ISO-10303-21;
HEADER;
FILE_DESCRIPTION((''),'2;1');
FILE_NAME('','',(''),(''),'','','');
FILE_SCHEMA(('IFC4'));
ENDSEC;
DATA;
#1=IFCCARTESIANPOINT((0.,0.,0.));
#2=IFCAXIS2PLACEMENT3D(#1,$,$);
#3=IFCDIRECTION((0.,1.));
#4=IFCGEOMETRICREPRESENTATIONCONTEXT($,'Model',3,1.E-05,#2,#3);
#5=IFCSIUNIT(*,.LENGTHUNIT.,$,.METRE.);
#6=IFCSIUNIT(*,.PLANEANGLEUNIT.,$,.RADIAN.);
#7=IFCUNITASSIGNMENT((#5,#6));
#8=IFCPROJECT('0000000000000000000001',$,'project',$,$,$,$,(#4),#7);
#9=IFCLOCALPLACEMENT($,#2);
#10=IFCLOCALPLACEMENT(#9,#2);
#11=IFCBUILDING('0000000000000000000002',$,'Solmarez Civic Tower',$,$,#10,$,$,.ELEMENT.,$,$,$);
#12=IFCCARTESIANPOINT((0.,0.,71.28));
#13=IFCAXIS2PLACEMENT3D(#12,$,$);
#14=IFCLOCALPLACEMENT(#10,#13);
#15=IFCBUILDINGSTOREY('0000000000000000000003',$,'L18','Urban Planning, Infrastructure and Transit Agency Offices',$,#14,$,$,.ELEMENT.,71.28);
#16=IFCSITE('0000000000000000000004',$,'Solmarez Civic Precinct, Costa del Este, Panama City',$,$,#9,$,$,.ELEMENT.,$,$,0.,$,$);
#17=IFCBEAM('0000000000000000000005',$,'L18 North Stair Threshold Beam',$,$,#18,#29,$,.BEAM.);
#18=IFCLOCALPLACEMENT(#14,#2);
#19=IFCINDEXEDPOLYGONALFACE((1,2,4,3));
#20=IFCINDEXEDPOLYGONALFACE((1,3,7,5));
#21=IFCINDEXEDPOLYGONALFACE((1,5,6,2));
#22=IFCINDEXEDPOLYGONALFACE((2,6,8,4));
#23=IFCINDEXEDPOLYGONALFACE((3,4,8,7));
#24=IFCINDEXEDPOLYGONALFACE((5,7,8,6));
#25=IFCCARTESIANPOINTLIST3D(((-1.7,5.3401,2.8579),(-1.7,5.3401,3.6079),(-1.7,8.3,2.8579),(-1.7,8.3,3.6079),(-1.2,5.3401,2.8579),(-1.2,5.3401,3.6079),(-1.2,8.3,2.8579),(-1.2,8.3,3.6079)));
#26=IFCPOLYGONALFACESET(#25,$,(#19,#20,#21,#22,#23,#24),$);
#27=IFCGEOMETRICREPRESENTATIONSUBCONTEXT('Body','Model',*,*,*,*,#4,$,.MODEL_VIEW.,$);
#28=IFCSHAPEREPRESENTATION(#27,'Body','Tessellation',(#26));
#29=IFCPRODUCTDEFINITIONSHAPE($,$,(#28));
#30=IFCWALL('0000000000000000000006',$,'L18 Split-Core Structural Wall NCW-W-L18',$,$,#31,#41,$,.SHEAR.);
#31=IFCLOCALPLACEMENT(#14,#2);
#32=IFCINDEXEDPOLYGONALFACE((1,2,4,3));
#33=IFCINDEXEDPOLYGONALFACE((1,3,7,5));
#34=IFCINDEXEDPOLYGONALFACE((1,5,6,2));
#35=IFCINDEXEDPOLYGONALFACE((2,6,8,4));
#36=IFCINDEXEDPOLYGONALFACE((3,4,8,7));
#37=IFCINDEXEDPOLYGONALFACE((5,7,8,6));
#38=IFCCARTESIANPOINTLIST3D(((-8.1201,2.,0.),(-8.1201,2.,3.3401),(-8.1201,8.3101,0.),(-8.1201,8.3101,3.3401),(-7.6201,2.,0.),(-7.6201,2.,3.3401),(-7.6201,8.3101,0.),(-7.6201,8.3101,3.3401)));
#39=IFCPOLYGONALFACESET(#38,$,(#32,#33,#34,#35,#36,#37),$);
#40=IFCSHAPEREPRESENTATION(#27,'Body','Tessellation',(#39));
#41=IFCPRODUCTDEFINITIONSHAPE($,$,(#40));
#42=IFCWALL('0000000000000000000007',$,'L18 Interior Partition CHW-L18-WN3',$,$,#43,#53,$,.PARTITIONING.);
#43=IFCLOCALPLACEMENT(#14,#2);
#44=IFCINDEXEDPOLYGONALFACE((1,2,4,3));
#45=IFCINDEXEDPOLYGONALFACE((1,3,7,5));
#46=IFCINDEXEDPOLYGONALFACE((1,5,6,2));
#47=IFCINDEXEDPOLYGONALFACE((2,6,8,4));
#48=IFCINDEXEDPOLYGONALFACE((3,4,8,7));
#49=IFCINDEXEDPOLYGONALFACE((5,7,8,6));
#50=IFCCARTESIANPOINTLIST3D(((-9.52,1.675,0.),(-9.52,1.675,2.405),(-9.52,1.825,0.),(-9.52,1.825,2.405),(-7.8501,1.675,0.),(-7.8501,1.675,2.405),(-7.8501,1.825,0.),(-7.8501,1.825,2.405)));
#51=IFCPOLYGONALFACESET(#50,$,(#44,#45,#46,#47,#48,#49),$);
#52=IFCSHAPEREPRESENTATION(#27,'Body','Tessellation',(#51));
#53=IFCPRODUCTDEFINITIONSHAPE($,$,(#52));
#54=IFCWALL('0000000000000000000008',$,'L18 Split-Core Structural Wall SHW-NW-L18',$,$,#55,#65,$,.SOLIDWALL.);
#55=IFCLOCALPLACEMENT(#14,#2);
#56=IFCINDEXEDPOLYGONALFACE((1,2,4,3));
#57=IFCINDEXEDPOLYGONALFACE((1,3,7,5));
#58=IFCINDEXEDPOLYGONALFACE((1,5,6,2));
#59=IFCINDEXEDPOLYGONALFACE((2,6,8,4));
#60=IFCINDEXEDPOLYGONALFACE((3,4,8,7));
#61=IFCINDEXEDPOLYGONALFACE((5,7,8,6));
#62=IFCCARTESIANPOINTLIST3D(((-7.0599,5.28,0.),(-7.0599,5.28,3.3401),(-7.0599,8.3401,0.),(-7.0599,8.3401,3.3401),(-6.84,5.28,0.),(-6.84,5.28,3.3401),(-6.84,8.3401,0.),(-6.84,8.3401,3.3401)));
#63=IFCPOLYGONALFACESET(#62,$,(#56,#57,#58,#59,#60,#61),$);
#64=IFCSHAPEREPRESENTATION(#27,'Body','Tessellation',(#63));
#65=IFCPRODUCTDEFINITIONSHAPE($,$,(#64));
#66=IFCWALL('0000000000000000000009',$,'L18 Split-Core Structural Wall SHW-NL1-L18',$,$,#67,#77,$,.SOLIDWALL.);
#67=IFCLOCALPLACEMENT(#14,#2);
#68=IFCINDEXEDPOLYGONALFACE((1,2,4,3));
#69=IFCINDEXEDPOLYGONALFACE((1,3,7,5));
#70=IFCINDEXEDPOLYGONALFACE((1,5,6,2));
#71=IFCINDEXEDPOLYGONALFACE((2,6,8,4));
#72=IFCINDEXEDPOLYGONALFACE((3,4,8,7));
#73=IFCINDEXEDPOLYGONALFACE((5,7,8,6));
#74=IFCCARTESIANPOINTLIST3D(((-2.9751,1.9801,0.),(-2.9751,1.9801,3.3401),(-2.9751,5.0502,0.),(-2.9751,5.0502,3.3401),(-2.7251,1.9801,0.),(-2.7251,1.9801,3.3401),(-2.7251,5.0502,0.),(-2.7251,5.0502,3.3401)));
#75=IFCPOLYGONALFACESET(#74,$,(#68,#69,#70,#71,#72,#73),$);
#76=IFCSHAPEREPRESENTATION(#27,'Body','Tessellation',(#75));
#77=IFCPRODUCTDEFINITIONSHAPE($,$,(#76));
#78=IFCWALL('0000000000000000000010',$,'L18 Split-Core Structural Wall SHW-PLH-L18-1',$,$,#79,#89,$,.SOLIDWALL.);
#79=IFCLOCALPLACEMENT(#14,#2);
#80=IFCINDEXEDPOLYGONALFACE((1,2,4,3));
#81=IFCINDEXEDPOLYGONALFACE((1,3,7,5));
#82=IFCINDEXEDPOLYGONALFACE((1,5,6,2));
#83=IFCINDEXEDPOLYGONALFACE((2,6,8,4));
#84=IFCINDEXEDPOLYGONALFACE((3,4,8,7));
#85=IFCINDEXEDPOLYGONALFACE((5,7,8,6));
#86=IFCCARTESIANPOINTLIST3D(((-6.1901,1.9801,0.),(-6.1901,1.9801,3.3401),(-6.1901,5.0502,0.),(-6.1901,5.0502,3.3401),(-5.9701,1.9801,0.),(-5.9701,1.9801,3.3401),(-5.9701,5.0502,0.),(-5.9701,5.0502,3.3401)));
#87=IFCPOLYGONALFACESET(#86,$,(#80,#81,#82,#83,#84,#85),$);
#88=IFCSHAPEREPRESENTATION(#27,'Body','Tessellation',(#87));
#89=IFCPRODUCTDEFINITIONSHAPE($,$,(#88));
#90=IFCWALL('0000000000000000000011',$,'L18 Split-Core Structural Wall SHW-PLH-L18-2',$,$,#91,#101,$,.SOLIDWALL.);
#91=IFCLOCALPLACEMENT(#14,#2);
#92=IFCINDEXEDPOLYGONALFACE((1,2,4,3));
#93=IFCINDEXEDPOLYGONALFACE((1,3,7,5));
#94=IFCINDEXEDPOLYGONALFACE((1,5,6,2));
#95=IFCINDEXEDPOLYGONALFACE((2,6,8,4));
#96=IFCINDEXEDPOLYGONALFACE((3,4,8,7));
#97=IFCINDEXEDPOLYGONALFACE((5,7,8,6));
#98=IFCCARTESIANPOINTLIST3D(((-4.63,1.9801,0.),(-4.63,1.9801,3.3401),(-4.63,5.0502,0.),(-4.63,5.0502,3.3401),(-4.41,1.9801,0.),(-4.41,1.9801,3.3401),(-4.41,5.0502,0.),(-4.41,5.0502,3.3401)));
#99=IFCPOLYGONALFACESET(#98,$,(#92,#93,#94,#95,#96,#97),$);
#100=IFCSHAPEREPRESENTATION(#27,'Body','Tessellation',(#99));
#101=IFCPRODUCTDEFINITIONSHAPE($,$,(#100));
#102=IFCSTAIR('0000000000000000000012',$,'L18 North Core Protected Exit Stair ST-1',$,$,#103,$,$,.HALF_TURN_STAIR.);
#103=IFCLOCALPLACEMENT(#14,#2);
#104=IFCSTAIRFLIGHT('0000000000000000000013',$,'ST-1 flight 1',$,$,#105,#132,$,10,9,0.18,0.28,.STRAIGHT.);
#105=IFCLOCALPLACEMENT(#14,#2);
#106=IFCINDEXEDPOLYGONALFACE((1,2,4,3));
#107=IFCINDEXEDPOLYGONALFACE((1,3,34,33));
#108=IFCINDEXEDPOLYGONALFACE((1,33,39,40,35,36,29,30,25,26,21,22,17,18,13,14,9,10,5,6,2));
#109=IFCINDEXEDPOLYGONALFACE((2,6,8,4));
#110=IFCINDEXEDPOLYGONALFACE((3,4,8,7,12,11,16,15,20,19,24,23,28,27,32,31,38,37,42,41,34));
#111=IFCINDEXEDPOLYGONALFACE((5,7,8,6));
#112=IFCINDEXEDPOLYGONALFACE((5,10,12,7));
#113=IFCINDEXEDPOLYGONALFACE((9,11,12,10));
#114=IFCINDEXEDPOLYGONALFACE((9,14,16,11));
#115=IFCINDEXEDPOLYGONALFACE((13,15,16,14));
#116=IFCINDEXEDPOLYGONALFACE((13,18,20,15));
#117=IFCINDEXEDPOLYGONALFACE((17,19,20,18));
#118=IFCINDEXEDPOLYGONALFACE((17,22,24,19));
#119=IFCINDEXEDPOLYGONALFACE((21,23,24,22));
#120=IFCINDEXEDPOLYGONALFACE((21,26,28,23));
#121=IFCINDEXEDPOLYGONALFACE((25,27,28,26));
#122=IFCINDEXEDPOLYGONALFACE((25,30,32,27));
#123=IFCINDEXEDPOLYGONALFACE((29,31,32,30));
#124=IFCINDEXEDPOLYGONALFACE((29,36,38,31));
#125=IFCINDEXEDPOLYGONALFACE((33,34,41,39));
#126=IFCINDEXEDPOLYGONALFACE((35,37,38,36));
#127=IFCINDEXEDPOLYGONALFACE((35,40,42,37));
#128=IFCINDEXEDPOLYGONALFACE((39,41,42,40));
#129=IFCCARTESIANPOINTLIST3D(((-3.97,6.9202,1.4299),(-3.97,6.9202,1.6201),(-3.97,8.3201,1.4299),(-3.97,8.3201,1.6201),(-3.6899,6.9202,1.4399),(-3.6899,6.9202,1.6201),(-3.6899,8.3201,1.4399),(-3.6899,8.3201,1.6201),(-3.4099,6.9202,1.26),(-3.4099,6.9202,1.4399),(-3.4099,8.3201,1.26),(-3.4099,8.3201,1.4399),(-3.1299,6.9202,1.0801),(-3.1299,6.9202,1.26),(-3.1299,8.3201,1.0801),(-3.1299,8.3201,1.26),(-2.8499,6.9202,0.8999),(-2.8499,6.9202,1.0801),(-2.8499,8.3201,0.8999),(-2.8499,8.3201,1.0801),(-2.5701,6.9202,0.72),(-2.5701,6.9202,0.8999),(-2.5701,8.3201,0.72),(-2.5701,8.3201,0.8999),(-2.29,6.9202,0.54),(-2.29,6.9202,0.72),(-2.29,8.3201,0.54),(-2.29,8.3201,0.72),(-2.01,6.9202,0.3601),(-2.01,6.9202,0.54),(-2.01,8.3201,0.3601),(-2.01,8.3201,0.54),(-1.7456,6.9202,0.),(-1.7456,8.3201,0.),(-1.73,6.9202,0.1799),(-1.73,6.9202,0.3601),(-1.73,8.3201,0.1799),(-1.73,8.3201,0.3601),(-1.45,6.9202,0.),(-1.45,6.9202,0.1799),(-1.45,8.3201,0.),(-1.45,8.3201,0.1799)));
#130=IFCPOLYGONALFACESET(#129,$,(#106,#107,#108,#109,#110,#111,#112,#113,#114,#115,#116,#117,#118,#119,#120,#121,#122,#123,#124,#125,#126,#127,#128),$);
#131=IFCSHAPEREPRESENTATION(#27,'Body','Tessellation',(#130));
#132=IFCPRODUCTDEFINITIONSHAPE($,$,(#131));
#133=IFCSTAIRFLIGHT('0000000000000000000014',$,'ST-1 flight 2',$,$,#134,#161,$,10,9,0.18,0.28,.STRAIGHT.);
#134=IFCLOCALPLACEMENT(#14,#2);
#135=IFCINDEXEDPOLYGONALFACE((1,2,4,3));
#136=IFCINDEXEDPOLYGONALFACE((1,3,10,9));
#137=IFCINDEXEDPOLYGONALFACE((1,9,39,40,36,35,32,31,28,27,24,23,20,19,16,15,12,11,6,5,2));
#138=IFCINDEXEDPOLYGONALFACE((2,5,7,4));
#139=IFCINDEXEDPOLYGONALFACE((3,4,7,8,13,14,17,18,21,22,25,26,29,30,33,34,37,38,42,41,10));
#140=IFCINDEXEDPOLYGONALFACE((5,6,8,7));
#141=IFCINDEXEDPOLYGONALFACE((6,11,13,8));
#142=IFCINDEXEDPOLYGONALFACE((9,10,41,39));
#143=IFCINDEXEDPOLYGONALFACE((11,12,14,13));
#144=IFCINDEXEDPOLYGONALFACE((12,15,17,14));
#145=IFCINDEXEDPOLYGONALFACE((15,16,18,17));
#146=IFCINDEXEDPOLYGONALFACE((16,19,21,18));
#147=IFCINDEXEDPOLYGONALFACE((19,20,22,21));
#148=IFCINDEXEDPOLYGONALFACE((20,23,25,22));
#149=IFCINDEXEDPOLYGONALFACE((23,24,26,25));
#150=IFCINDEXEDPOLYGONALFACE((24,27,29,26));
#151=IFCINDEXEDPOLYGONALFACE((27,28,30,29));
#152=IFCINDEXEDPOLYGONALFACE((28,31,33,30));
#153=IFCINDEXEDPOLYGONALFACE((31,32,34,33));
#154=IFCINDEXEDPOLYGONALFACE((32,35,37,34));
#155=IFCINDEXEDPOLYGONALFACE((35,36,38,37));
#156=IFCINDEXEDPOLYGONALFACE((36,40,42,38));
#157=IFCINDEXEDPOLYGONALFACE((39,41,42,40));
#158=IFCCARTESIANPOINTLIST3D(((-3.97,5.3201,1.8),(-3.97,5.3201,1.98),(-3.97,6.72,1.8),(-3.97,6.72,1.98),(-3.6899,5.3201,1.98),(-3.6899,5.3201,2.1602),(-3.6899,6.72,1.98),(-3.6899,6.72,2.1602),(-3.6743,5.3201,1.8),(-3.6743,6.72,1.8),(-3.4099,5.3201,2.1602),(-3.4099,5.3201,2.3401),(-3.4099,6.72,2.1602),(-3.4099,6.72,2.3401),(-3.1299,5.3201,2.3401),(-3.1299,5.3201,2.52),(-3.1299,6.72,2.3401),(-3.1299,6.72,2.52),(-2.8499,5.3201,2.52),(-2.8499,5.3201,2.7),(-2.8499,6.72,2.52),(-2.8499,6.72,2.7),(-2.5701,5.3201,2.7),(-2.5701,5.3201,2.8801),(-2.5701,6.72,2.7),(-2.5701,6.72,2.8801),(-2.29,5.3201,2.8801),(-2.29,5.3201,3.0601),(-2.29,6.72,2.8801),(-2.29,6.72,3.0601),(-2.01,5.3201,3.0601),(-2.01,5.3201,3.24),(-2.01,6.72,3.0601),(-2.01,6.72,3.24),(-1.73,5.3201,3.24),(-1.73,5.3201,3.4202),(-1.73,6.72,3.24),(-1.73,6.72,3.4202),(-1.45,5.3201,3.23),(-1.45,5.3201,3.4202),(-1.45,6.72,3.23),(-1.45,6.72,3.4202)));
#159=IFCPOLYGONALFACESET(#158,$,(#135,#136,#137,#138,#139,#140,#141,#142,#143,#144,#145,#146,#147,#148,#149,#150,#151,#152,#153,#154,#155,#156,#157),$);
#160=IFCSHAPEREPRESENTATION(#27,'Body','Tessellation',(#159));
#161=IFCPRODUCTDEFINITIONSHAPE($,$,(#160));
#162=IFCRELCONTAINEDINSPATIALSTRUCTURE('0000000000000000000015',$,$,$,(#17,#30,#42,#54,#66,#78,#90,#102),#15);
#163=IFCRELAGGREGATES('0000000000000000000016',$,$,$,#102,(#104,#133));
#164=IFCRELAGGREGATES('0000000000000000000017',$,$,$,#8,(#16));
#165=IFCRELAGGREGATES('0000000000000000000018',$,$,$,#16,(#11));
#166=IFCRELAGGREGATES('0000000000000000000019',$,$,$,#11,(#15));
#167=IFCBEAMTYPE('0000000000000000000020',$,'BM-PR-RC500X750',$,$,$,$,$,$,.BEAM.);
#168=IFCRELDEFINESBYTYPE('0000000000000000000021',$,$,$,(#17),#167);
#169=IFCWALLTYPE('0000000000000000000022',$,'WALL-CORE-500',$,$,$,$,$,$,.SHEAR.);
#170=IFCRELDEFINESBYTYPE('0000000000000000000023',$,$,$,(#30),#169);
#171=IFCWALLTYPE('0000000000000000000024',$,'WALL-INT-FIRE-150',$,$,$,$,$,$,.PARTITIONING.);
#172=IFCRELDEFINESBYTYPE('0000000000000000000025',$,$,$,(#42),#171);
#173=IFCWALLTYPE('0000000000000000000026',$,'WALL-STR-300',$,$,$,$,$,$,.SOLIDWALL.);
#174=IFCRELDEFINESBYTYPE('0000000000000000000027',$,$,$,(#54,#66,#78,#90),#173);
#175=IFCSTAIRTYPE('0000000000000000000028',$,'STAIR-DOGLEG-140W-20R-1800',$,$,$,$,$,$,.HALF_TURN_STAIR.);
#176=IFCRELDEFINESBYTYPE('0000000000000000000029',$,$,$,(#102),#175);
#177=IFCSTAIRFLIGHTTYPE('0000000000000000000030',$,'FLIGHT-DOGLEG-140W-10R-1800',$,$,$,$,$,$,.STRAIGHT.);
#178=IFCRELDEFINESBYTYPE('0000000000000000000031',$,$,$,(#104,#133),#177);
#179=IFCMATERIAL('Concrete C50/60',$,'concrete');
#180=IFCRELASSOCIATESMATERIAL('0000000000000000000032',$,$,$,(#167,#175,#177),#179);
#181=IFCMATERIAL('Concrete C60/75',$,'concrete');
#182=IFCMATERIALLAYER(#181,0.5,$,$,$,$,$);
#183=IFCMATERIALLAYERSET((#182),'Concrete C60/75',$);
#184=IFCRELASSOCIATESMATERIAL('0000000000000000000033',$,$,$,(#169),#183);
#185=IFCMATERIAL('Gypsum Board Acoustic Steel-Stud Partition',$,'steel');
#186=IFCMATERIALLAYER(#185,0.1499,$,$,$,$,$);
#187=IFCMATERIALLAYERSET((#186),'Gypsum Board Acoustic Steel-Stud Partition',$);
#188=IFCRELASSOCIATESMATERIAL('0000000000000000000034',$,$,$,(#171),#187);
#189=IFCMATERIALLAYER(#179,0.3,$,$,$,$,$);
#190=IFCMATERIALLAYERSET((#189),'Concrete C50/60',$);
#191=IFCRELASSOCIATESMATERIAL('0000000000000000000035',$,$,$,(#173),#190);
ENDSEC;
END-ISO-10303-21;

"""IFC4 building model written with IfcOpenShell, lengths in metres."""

from ifc_helpers import new_model, si_unit, direction, frame, frame_2d, origin, origin_2d, place, context, subcontext, project, spatial, polyline, rectangle, outline, extrude, material, layer, layer_set, material_profile, profile_set, type_object, element, aggregate, save


model = new_model("IFC4")

# Units and contexts
model_context = context("Model", 3, precision=1e-05, world=origin(), true_north=direction((0.0, 1.0)))
body_context = subcontext(model_context, "Body", "Model", "MODEL_VIEW")
ifc_project = project(units=[si_unit("LENGTHUNIT", "METRE"), si_unit("PLANEANGLEUNIT", "RADIAN")], contexts=[model_context])

# Site, building, storey
site_placement = place(None, origin())
site = spatial("IfcSite", under=ifc_project, at=site_placement, Name="Solmarez Civic Precinct, Costa del Este, Panama City", CompositionType="ELEMENT", RefElevation=0.0)
building_placement = place(site_placement, origin())
building = spatial("IfcBuilding", under=site, at=building_placement, Name="Solmarez Civic Tower", CompositionType="ELEMENT")
storey_placement = place(building_placement, frame((0.0, 0.0, 71.28)))
storey = spatial("IfcBuildingStorey", under=building, at=storey_placement, Name="L18", Description="Urban Planning, Infrastructure and Transit Agency Offices", CompositionType="ELEMENT", Elevation=71.28)

# Beam
ifc_material_1 = material(Name="Concrete C50/60", Category="concrete")
ifc_material_profile = material_profile(ifc_material_1, rectangle(XDim=0.5, YDim=0.75, at=origin_2d()), Name="RC500X750")
ifc_profile_set = profile_set([ifc_material_profile], Name="Concrete C50/60")
beam_type = type_object("IfcBeamType", Name="BM-PR-RC500X750", PredefinedType="BEAM", material=ifc_profile_set)
beam_placement = place(storey_placement, frame((-1.45, 5.3401, 3.2329), z_axis=(0.0, 1.0, 0.0), x_axis=(-1.0, 0.0, 0.0)))
element("IfcBeam", 1, at=beam_placement, inside=storey, type_object=beam_type, Name="L18 North Stair Threshold Beam", PredefinedType="BEAM", context=body_context, shape_type="SweptSolid", body=[
    extrude(rectangle(XDim=0.5, YDim=0.75, at=origin_2d()), origin(), (0.0, 0.0, 1.0), 2.96),
])

# Walls
ifc_material_2 = material(Name="Concrete C60/75", Category="concrete")
ifc_layer_1 = layer(ifc_material_2, 0.5)
ifc_layer_set_1 = layer_set([ifc_layer_1], Name="Concrete C60/75")
wall_type_1 = type_object("IfcWallType", Name="WALL-CORE-500", PredefinedType="SHEAR", material=ifc_layer_set_1)
wall_1_placement = place(storey_placement, frame((-7.8701, 2.0, 0.0), z_axis=(0.0, 0.0, 1.0), x_axis=(0.0, 1.0, 0.0)))
element("IfcWall", 2, at=wall_1_placement, inside=storey, type_object=wall_type_1, Name="L18 Split-Core Structural Wall NCW-W-L18", PredefinedType="SHEAR", context=body_context, shape_type="SweptSolid", body=[
    extrude(rectangle(XDim=6.3101, YDim=0.5, at=frame_2d((3.155, 0.0))), origin(), (0.0, 0.0, 1.0), 3.3401),
])
ifc_material_3 = material(Name="Gypsum Board Acoustic Steel-Stud Partition", Category="steel")
ifc_layer_2 = layer(ifc_material_3, 0.1499)
ifc_layer_set_2 = layer_set([ifc_layer_2], Name="Gypsum Board Acoustic Steel-Stud Partition")
wall_type_2 = type_object("IfcWallType", Name="WALL-INT-FIRE-150", PredefinedType="PARTITIONING", material=ifc_layer_set_2)
wall_2_placement = place(storey_placement, frame((-7.8501, 1.75, 0.0), z_axis=(0.0, 0.0, 1.0), x_axis=(-1.0, 0.0, 0.0)))
element("IfcWall", 3, at=wall_2_placement, inside=storey, type_object=wall_type_2, Name="L18 Interior Partition CHW-L18-WN3", PredefinedType="PARTITIONING", context=body_context, shape_type="SweptSolid", body=[
    extrude(rectangle(XDim=1.6699, YDim=0.1499, at=frame_2d((0.835, 0.0))), origin(), (0.0, 0.0, 1.0), 2.405),
])
ifc_layer_3 = layer(ifc_material_1, 0.3)
ifc_layer_set_3 = layer_set([ifc_layer_3], Name="Concrete C50/60")
wall_type_3 = type_object("IfcWallType", Name="WALL-STR-300", PredefinedType="SOLIDWALL", material=ifc_layer_set_3)
wall_3_placement = place(storey_placement, frame((-6.95, 5.28, 0.0), z_axis=(0.0, 0.0, 1.0), x_axis=(0.0, 1.0, 0.0)))
element("IfcWall", 4, at=wall_3_placement, inside=storey, type_object=wall_type_3, Name="L18 Split-Core Structural Wall SHW-NW-L18", PredefinedType="SOLIDWALL", context=body_context, shape_type="SweptSolid", body=[
    extrude(rectangle(XDim=3.0601, YDim=0.22, at=frame_2d((1.53, 0.0))), origin(), (0.0, 0.0, 1.0), 3.3401),
])
wall_4_placement = place(storey_placement, frame((-2.8501, 1.98, 0.0), z_axis=(0.0, 0.0, 1.0), x_axis=(0.0, 1.0, 0.0)))
element("IfcWall", 5, at=wall_4_placement, inside=storey, type_object=wall_type_3, Name="L18 Split-Core Structural Wall SHW-NL1-L18", PredefinedType="SOLIDWALL", context=body_context, shape_type="SweptSolid", body=[
    extrude(rectangle(XDim=3.0701, YDim=0.25, at=frame_2d((1.5352, 0.0))), origin(), (0.0, 0.0, 1.0), 3.3401),
])
for number, where, z_axis, x_axis, name in (
    (6, (-6.0801, 1.98, 0.0), (0.0, 0.0, 1.0), (0.0, 1.0, 0.0), "L18 Split-Core Structural Wall SHW-PLH-L18-1"),
    (7, (-4.52, 1.98, 0.0), (0.0, 0.0, 1.0), (0.0, 1.0, 0.0), "L18 Split-Core Structural Wall SHW-PLH-L18-2"),
):
    element("IfcWall", number, at=place(storey_placement, frame(where, z_axis=z_axis, x_axis=x_axis)), inside=storey, type_object=wall_type_3, Name=name, PredefinedType="SOLIDWALL", context=body_context, shape_type="SweptSolid", body=[
        extrude(rectangle(XDim=3.0701, YDim=0.22, at=frame_2d((1.5352, 0.0))), origin(), (0.0, 0.0, 1.0), 3.3401),
    ])

# Stair, stair flights
stair_type = type_object("IfcStairType", Name="STAIR-DOGLEG-140W-20R-1800", PredefinedType="HALF_TURN_STAIR", material=ifc_material_1)
stair_placement = place(storey_placement, origin())
stair = element("IfcStair", 8, at=stair_placement, inside=storey, type_object=stair_type, Name="L18 North Core Protected Exit Stair ST-1", PredefinedType="HALF_TURN_STAIR")
stair_flight_type = type_object("IfcStairFlightType", Name="FLIGHT-DOGLEG-140W-10R-1800", PredefinedType="STRAIGHT", material=ifc_material_1)
stair_flight_1_placement = place(storey_placement, frame((-1.45, 7.6201, 0.0), z_axis=(0.0, 0.0, 1.0), x_axis=(-1.0, 0.0, 0.0)))
stair_flight_1 = element("IfcStairFlight", 9, at=stair_flight_1_placement, type_object=stair_flight_type, Name="ST-1 flight 1", NumberOfRisers=10, NumberOfTreads=9, PredefinedType="STRAIGHT", RiserHeight=0.18, TreadLength=0.28, context=body_context, shape_type="SweptSolid", body=[
    extrude(outline(polyline([(0.0, 0.0), (0.0, 0.1799), (0.28, 0.1799), (0.28, 0.3601), (0.5601, 0.3601), (0.5601, 0.54), (0.8401, 0.54), (0.8401, 0.72), (1.1201, 0.72), (1.1201, 0.8999), (1.3999, 0.8999), (1.3999, 1.0801), (1.6799, 1.0801), (1.6799, 1.26), (1.96, 1.26), (1.96, 1.4399), (2.24, 1.4399), (2.24, 1.6201), (2.52, 1.6201), (2.52, 1.8), (2.52, 1.4299), (0.2957, 0.0), (0.0, 0.0)])), frame((0.0, 0.7, 0.0), z_axis=(0.0, -1.0, 0.0), x_axis=(1.0, 0.0, 0.0)), (0.0, 0.0, 1.0), 1.3999),
])
stair_flight_2_placement = place(storey_placement, frame((-3.97, 6.02, 1.8), z_axis=(0.0, 0.0, 1.0), x_axis=(1.0, 0.0, 0.0)))
stair_flight_2 = element("IfcStairFlight", 10, at=stair_flight_2_placement, type_object=stair_flight_type, Name="ST-1 flight 2", NumberOfRisers=10, NumberOfTreads=9, PredefinedType="STRAIGHT", RiserHeight=0.18, TreadLength=0.28, context=body_context, shape_type="SweptSolid", body=[
    extrude(outline(polyline([(0.0, 0.0), (0.0, 0.1799), (0.28, 0.1799), (0.28, 0.3601), (0.5601, 0.3601), (0.5601, 0.54), (0.8401, 0.54), (0.8401, 0.72), (1.1201, 0.72), (1.1201, 0.8999), (1.3999, 0.8999), (1.3999, 1.0801), (1.6799, 1.0801), (1.6799, 1.26), (1.96, 1.26), (1.96, 1.4399), (2.24, 1.4399), (2.24, 1.6201), (2.52, 1.6201), (2.52, 1.8), (2.52, 1.4299), (0.2957, 0.0), (0.0, 0.0)])), frame((0.0, 0.7, 0.0), z_axis=(0.0, -1.0, 0.0), x_axis=(1.0, 0.0, 0.0)), (0.0, 0.0, 1.0), 1.3999),
])
aggregate(stair, [stair_flight_1, stair_flight_2])

save(model, "model.ifc")
